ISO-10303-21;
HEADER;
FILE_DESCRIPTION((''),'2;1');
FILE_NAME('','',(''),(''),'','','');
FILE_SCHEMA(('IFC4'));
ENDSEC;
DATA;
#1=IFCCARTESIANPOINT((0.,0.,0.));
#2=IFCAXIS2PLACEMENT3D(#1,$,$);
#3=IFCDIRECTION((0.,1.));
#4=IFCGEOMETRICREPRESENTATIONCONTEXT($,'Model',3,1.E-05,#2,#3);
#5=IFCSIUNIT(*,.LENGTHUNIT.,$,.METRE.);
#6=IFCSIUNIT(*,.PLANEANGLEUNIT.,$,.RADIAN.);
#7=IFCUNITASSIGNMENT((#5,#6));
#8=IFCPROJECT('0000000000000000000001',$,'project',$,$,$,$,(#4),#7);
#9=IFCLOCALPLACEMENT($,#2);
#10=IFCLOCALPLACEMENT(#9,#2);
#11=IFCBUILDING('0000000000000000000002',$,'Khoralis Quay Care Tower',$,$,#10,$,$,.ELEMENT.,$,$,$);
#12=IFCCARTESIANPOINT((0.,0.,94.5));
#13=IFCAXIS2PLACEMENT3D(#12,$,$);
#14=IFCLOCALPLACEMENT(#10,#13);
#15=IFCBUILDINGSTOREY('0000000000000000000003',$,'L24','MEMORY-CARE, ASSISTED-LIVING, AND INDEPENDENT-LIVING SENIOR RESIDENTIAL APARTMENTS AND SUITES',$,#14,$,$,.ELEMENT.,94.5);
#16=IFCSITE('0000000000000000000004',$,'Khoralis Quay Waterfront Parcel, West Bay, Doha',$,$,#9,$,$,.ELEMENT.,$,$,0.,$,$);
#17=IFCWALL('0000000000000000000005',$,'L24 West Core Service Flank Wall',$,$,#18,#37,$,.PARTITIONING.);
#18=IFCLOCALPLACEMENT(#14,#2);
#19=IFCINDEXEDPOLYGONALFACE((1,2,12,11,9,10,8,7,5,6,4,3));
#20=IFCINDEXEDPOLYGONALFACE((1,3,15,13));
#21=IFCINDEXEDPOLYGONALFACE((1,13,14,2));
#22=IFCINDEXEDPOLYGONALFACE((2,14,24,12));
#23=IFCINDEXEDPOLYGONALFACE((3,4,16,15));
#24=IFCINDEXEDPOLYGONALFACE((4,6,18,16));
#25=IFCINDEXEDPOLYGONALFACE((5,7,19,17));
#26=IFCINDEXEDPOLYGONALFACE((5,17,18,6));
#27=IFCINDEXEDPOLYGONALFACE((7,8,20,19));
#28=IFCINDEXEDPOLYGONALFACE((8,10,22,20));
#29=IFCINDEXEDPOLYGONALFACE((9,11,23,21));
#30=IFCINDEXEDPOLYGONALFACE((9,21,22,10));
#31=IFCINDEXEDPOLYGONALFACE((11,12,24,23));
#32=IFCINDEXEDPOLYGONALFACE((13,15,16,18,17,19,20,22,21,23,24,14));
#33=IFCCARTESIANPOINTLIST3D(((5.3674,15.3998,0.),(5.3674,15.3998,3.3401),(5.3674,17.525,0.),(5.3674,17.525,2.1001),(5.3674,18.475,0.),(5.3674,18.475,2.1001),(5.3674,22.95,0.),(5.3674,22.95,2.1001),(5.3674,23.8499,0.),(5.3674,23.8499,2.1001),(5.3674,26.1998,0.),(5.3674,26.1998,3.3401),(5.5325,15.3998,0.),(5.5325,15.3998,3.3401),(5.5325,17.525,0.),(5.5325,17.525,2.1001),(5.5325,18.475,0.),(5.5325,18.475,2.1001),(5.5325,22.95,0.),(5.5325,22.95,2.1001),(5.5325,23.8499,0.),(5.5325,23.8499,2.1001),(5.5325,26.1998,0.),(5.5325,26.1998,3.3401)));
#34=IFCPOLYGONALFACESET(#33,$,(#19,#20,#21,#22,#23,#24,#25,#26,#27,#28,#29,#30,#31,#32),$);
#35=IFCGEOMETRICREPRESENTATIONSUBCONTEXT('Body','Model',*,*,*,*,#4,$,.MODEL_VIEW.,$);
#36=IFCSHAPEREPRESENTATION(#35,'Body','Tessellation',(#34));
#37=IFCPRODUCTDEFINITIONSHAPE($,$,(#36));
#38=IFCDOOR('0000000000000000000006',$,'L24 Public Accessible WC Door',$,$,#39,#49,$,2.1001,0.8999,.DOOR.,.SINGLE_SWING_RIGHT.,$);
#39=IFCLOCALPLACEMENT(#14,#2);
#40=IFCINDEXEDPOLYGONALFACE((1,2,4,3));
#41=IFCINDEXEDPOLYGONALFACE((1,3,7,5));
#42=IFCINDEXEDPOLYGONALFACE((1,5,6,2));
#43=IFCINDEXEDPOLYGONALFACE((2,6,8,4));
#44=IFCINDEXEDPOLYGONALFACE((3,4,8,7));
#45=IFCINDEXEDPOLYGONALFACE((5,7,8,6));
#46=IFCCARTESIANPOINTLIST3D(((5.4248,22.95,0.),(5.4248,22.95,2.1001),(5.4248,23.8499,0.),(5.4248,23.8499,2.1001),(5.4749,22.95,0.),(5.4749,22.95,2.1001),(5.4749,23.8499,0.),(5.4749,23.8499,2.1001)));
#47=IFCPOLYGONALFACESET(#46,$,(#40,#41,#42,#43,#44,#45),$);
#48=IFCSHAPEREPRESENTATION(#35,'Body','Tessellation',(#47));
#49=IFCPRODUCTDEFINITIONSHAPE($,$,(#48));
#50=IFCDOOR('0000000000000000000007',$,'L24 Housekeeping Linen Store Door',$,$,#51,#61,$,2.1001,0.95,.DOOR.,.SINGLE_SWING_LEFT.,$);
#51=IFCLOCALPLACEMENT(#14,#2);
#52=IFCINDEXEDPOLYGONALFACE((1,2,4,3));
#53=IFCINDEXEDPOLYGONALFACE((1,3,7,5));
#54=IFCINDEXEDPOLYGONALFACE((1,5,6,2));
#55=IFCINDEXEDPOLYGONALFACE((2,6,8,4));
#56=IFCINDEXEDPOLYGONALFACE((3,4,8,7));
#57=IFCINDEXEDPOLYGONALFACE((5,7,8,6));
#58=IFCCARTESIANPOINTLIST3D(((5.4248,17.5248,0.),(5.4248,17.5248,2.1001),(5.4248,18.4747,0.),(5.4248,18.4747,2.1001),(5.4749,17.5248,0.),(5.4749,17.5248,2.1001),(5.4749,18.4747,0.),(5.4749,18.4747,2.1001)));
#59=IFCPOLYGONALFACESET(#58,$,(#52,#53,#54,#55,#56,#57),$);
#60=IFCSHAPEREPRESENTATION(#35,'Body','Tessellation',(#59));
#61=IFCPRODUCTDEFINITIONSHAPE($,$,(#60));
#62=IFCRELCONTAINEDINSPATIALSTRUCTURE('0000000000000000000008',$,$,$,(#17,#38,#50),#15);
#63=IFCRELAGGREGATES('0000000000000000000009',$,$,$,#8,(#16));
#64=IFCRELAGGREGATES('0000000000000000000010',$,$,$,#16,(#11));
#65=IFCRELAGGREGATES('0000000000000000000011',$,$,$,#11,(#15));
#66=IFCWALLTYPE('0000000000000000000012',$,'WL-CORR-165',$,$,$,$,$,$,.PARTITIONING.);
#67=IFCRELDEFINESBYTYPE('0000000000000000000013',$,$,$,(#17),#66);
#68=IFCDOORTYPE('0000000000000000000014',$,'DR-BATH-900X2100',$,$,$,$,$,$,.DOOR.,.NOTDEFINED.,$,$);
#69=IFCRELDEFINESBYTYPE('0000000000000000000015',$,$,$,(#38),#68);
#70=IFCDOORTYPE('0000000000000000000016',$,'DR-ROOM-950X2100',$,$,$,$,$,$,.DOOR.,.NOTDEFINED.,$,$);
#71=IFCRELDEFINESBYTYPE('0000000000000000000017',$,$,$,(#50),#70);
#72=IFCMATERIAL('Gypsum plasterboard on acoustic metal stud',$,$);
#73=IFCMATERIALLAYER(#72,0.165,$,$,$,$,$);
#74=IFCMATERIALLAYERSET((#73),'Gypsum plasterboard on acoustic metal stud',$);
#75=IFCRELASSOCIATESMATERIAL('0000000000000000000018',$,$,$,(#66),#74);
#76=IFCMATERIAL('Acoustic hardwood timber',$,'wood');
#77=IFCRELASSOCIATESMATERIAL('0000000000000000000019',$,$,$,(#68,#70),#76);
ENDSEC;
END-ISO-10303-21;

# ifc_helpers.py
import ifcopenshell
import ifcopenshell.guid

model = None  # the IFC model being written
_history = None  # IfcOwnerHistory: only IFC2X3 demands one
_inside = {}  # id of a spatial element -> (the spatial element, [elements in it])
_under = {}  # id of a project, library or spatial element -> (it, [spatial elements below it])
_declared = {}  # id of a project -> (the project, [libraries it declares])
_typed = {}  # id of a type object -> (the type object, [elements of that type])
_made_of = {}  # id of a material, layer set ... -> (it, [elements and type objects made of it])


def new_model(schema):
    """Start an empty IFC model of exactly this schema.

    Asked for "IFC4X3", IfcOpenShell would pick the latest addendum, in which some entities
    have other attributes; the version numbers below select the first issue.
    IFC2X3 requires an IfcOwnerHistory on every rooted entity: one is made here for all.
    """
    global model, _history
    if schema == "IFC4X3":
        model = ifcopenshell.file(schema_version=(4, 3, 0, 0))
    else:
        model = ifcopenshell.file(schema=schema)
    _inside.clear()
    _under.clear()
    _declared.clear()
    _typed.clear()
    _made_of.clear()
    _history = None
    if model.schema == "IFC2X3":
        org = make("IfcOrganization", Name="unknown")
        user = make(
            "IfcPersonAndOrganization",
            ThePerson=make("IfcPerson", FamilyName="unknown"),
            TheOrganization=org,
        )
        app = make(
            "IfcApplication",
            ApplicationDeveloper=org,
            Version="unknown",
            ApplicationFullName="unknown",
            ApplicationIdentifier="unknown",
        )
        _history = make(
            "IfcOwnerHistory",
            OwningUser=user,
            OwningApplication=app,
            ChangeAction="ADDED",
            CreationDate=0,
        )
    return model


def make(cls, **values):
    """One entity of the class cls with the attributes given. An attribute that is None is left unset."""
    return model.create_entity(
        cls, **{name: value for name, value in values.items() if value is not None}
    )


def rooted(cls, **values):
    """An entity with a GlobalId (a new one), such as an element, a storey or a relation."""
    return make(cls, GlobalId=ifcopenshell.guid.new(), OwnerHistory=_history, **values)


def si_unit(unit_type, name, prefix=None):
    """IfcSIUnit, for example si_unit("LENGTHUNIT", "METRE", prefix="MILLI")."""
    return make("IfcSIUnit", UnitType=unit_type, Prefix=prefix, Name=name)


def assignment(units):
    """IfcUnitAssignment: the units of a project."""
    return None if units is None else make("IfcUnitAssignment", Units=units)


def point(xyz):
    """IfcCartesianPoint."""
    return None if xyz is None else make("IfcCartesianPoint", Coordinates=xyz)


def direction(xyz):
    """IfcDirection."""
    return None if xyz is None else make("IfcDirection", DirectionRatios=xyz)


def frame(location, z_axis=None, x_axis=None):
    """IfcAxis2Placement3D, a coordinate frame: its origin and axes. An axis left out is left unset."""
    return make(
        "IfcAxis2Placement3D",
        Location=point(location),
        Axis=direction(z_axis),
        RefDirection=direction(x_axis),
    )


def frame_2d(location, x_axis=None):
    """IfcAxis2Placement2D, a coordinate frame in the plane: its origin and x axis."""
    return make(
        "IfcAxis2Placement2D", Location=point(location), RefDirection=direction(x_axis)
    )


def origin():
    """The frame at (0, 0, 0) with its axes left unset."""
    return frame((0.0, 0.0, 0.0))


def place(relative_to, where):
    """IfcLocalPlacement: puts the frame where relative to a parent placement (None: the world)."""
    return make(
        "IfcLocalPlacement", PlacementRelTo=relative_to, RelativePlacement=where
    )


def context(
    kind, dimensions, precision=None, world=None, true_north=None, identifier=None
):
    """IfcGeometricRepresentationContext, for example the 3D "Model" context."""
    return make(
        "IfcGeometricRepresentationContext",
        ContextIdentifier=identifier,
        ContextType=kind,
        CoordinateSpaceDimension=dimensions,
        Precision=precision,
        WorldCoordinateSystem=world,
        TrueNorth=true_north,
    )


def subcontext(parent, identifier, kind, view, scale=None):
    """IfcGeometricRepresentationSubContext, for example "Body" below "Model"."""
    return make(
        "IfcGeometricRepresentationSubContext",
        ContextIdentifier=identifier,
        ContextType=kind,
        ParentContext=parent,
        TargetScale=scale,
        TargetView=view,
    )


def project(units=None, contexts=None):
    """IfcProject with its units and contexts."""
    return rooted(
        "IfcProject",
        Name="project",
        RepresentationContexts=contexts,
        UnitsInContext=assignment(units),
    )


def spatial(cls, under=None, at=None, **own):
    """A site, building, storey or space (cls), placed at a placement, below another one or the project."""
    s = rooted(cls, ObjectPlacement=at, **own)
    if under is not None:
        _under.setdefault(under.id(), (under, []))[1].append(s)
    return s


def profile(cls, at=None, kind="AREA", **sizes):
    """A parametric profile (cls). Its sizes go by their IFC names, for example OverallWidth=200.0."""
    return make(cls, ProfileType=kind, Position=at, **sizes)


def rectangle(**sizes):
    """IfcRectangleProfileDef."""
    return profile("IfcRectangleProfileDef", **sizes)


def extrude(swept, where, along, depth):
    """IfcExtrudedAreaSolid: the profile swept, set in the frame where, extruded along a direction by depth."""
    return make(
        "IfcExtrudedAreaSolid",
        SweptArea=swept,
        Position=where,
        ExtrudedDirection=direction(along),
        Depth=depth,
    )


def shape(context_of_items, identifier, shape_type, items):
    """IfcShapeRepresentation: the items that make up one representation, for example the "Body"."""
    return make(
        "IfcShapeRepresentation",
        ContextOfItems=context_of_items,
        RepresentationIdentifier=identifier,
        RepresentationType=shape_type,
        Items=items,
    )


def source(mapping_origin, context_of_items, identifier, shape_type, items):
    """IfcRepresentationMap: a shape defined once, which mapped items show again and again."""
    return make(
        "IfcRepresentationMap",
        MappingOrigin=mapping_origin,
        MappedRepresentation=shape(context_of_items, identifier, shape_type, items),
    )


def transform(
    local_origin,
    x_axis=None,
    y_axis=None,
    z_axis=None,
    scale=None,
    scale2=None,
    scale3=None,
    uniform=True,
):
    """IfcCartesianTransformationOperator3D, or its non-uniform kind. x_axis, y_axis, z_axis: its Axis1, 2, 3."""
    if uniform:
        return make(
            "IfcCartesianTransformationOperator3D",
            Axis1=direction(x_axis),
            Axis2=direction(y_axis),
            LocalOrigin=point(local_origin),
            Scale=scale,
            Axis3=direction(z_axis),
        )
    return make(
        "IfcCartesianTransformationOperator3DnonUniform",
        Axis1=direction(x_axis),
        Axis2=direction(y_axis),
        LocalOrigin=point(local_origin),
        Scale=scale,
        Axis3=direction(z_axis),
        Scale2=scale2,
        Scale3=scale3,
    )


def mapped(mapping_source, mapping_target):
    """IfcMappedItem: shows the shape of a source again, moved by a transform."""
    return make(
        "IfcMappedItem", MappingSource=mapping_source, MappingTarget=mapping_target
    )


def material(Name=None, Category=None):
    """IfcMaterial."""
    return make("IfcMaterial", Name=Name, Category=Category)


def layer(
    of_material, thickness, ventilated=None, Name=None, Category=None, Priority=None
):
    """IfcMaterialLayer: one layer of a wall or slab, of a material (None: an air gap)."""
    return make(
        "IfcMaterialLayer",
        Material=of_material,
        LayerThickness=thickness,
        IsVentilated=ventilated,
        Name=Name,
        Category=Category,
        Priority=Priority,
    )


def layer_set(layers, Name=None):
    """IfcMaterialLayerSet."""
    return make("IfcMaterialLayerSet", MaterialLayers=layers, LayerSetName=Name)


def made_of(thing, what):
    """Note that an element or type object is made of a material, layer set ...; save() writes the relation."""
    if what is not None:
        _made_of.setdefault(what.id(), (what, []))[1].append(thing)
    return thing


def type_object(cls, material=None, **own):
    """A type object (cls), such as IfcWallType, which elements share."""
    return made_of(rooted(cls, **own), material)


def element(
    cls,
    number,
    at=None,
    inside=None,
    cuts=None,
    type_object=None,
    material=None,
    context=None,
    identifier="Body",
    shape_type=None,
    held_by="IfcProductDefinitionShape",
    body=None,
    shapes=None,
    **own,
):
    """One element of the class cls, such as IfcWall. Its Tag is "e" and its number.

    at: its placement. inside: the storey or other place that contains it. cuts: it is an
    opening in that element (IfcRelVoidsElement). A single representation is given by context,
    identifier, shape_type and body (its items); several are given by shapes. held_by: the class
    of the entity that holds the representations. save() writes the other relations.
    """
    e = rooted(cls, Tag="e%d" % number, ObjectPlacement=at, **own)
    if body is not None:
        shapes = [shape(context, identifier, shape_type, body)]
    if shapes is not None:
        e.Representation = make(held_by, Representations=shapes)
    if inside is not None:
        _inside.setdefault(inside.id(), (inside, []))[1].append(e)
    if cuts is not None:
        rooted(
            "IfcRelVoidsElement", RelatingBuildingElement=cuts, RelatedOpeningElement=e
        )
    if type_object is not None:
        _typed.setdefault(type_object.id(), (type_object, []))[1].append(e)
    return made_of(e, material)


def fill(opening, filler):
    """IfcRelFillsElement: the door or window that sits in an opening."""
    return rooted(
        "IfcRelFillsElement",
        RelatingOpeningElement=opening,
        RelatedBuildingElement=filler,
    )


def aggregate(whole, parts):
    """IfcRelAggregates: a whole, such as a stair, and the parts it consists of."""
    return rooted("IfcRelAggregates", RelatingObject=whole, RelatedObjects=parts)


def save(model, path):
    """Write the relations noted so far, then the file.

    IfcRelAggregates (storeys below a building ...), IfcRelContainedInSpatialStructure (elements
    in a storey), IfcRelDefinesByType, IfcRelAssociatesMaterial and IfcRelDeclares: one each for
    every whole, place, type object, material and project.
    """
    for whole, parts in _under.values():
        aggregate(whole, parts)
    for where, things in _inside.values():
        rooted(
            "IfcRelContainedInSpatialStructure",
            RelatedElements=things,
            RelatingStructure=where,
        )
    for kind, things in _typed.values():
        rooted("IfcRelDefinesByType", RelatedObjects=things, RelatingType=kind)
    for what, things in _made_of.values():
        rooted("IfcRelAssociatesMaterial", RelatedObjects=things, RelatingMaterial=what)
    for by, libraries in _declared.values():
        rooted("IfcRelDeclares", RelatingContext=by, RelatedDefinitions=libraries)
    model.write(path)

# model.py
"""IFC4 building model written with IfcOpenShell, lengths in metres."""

from ifc_helpers import new_model, si_unit, direction, frame, frame_2d, origin, place, context, subcontext, project, spatial, rectangle, extrude, source, transform, mapped, material, layer, layer_set, type_object, element, fill, save


model = new_model("IFC4")

# Units and contexts
model_context = context("Model", 3, precision=1e-05, world=origin(), true_north=direction((0.0, 1.0)))
body_context = subcontext(model_context, "Body", "Model", "MODEL_VIEW")
ifc_project = project(units=[si_unit("LENGTHUNIT", "METRE"), si_unit("PLANEANGLEUNIT", "RADIAN")], contexts=[model_context])

# Site, building, storey
site_placement = place(None, origin())
site = spatial("IfcSite", under=ifc_project, at=site_placement, Name="Khoralis Quay Waterfront Parcel, West Bay, Doha", CompositionType="ELEMENT", RefElevation=0.0)
building_placement = place(site_placement, origin())
building = spatial("IfcBuilding", under=site, at=building_placement, Name="Khoralis Quay Care Tower", CompositionType="ELEMENT")
storey_placement = place(building_placement, frame((0.0, 0.0, 94.5)))
storey = spatial("IfcBuildingStorey", under=building, at=storey_placement, Name="L24", Description="MEMORY-CARE, ASSISTED-LIVING, AND INDEPENDENT-LIVING SENIOR RESIDENTIAL APARTMENTS AND SUITES", CompositionType="ELEMENT", Elevation=94.5)

# Wall, openings, doors
ifc_material_1 = material(Name="Gypsum plasterboard on acoustic metal stud")
ifc_layer_1 = layer(ifc_material_1, 0.165)
ifc_layer_set_1 = layer_set([ifc_layer_1], Name="Gypsum plasterboard on acoustic metal stud")
wall_type_1 = type_object("IfcWallType", Name="WL-CORR-165", PredefinedType="PARTITIONING", material=ifc_layer_set_1)
wall_1_placement = place(storey_placement, frame((5.45, 15.3999, 0.0), z_axis=(0.0, 0.0, 1.0), x_axis=(0.0, 1.0, 0.0)))
wall_1 = element("IfcWall", 1, at=wall_1_placement, inside=storey, type_object=wall_type_1, Name="L24 West Core Service Flank Wall", PredefinedType="PARTITIONING", context=body_context, shape_type="SweptSolid", body=[
    extrude(rectangle(XDim=10.8, YDim=0.165, at=frame_2d((5.3999, 0.0))), origin(), (0.0, 0.0, 1.0), 3.3401),
])
opening_1_placement = place(wall_1_placement, frame((2.125, 0.0, 0.0)))
opening_1 = element("IfcOpeningElement", 2, at=opening_1_placement, cuts=wall_1, PredefinedType="OPENING", context=body_context, shape_type="SweptSolid", body=[
    extrude(rectangle(XDim=0.95, YDim=2.1001, at=frame_2d((0.4751, 1.05))), frame((0.0, 0.0925, 0.0), z_axis=(0.0, -1.0, 0.0), x_axis=(1.0, 0.0, 0.0)), (0.0, 0.0, 1.0), 0.1851),
])
opening_2_placement = place(wall_1_placement, frame((7.55, 0.0, 0.0)))
opening_2 = element("IfcOpeningElement", 3, at=opening_2_placement, cuts=wall_1, PredefinedType="OPENING", context=body_context, shape_type="SweptSolid", body=[
    extrude(rectangle(XDim=0.8999, YDim=2.1001, at=frame_2d((0.45, 1.05))), frame((0.0, 0.0925, 0.0), z_axis=(0.0, -1.0, 0.0), x_axis=(1.0, 0.0, 0.0)), (0.0, 0.0, 1.0), 0.1851),
])
ifc_material_2 = material(Name="Acoustic hardwood timber", Category="wood")
door_type_1 = type_object("IfcDoorType", Name="DR-BATH-900X2100", OperationType="NOTDEFINED", PredefinedType="DOOR", material=ifc_material_2)
shared_shape_1 = source(origin(), body_context, "Body", "SweptSolid", [
    extrude(rectangle(XDim=0.8999, YDim=2.1001, at=frame_2d((0.45, 1.05))), frame((0.0, 0.0249, 0.0), z_axis=(0.0, -1.0, 0.0), x_axis=(1.0, 0.0, 0.0)), (0.0, 0.0, 1.0), 0.05),
])
door_1_placement = place(opening_2_placement, frame((0.8999, 0.0, 0.0), z_axis=(0.0, 0.0, 1.0), x_axis=(-1.0, 0.0, 0.0)))
door_1 = element("IfcDoor", 4, at=door_1_placement, inside=storey, type_object=door_type_1, Name="L24 Public Accessible WC Door", OperationType="SINGLE_SWING_RIGHT", OverallHeight=2.1001, OverallWidth=0.8999, PredefinedType="DOOR", context=body_context, shape_type="MappedRepresentation", body=[
    mapped(shared_shape_1, transform((0.0, 0.0, 0.0), scale=1.0)),
])
fill(opening_2, door_1)
door_type_2 = type_object("IfcDoorType", Name="DR-ROOM-950X2100", OperationType="NOTDEFINED", PredefinedType="DOOR", material=ifc_material_2)
shared_shape_2 = source(origin(), body_context, "Body", "SweptSolid", [
    extrude(rectangle(XDim=0.95, YDim=2.1001, at=frame_2d((0.4751, 1.05))), frame((0.0, 0.0249, 0.0), z_axis=(0.0, -1.0, 0.0), x_axis=(1.0, 0.0, 0.0)), (0.0, 0.0, 1.0), 0.05),
])
door_2_placement = place(opening_1_placement, frame((0.95, 0.0, 0.0), z_axis=(0.0, 0.0, 1.0), x_axis=(-1.0, 0.0, 0.0)))
door_2 = element("IfcDoor", 5, at=door_2_placement, inside=storey, type_object=door_type_2, Name="L24 Housekeeping Linen Store Door", OperationType="SINGLE_SWING_LEFT", OverallHeight=2.1001, OverallWidth=0.95, PredefinedType="DOOR", context=body_context, shape_type="MappedRepresentation", body=[
    mapped(shared_shape_2, transform((0.0, 0.0, 0.0), scale=1.0)),
])
fill(opening_1, door_2)

save(model, "model.ifc")
